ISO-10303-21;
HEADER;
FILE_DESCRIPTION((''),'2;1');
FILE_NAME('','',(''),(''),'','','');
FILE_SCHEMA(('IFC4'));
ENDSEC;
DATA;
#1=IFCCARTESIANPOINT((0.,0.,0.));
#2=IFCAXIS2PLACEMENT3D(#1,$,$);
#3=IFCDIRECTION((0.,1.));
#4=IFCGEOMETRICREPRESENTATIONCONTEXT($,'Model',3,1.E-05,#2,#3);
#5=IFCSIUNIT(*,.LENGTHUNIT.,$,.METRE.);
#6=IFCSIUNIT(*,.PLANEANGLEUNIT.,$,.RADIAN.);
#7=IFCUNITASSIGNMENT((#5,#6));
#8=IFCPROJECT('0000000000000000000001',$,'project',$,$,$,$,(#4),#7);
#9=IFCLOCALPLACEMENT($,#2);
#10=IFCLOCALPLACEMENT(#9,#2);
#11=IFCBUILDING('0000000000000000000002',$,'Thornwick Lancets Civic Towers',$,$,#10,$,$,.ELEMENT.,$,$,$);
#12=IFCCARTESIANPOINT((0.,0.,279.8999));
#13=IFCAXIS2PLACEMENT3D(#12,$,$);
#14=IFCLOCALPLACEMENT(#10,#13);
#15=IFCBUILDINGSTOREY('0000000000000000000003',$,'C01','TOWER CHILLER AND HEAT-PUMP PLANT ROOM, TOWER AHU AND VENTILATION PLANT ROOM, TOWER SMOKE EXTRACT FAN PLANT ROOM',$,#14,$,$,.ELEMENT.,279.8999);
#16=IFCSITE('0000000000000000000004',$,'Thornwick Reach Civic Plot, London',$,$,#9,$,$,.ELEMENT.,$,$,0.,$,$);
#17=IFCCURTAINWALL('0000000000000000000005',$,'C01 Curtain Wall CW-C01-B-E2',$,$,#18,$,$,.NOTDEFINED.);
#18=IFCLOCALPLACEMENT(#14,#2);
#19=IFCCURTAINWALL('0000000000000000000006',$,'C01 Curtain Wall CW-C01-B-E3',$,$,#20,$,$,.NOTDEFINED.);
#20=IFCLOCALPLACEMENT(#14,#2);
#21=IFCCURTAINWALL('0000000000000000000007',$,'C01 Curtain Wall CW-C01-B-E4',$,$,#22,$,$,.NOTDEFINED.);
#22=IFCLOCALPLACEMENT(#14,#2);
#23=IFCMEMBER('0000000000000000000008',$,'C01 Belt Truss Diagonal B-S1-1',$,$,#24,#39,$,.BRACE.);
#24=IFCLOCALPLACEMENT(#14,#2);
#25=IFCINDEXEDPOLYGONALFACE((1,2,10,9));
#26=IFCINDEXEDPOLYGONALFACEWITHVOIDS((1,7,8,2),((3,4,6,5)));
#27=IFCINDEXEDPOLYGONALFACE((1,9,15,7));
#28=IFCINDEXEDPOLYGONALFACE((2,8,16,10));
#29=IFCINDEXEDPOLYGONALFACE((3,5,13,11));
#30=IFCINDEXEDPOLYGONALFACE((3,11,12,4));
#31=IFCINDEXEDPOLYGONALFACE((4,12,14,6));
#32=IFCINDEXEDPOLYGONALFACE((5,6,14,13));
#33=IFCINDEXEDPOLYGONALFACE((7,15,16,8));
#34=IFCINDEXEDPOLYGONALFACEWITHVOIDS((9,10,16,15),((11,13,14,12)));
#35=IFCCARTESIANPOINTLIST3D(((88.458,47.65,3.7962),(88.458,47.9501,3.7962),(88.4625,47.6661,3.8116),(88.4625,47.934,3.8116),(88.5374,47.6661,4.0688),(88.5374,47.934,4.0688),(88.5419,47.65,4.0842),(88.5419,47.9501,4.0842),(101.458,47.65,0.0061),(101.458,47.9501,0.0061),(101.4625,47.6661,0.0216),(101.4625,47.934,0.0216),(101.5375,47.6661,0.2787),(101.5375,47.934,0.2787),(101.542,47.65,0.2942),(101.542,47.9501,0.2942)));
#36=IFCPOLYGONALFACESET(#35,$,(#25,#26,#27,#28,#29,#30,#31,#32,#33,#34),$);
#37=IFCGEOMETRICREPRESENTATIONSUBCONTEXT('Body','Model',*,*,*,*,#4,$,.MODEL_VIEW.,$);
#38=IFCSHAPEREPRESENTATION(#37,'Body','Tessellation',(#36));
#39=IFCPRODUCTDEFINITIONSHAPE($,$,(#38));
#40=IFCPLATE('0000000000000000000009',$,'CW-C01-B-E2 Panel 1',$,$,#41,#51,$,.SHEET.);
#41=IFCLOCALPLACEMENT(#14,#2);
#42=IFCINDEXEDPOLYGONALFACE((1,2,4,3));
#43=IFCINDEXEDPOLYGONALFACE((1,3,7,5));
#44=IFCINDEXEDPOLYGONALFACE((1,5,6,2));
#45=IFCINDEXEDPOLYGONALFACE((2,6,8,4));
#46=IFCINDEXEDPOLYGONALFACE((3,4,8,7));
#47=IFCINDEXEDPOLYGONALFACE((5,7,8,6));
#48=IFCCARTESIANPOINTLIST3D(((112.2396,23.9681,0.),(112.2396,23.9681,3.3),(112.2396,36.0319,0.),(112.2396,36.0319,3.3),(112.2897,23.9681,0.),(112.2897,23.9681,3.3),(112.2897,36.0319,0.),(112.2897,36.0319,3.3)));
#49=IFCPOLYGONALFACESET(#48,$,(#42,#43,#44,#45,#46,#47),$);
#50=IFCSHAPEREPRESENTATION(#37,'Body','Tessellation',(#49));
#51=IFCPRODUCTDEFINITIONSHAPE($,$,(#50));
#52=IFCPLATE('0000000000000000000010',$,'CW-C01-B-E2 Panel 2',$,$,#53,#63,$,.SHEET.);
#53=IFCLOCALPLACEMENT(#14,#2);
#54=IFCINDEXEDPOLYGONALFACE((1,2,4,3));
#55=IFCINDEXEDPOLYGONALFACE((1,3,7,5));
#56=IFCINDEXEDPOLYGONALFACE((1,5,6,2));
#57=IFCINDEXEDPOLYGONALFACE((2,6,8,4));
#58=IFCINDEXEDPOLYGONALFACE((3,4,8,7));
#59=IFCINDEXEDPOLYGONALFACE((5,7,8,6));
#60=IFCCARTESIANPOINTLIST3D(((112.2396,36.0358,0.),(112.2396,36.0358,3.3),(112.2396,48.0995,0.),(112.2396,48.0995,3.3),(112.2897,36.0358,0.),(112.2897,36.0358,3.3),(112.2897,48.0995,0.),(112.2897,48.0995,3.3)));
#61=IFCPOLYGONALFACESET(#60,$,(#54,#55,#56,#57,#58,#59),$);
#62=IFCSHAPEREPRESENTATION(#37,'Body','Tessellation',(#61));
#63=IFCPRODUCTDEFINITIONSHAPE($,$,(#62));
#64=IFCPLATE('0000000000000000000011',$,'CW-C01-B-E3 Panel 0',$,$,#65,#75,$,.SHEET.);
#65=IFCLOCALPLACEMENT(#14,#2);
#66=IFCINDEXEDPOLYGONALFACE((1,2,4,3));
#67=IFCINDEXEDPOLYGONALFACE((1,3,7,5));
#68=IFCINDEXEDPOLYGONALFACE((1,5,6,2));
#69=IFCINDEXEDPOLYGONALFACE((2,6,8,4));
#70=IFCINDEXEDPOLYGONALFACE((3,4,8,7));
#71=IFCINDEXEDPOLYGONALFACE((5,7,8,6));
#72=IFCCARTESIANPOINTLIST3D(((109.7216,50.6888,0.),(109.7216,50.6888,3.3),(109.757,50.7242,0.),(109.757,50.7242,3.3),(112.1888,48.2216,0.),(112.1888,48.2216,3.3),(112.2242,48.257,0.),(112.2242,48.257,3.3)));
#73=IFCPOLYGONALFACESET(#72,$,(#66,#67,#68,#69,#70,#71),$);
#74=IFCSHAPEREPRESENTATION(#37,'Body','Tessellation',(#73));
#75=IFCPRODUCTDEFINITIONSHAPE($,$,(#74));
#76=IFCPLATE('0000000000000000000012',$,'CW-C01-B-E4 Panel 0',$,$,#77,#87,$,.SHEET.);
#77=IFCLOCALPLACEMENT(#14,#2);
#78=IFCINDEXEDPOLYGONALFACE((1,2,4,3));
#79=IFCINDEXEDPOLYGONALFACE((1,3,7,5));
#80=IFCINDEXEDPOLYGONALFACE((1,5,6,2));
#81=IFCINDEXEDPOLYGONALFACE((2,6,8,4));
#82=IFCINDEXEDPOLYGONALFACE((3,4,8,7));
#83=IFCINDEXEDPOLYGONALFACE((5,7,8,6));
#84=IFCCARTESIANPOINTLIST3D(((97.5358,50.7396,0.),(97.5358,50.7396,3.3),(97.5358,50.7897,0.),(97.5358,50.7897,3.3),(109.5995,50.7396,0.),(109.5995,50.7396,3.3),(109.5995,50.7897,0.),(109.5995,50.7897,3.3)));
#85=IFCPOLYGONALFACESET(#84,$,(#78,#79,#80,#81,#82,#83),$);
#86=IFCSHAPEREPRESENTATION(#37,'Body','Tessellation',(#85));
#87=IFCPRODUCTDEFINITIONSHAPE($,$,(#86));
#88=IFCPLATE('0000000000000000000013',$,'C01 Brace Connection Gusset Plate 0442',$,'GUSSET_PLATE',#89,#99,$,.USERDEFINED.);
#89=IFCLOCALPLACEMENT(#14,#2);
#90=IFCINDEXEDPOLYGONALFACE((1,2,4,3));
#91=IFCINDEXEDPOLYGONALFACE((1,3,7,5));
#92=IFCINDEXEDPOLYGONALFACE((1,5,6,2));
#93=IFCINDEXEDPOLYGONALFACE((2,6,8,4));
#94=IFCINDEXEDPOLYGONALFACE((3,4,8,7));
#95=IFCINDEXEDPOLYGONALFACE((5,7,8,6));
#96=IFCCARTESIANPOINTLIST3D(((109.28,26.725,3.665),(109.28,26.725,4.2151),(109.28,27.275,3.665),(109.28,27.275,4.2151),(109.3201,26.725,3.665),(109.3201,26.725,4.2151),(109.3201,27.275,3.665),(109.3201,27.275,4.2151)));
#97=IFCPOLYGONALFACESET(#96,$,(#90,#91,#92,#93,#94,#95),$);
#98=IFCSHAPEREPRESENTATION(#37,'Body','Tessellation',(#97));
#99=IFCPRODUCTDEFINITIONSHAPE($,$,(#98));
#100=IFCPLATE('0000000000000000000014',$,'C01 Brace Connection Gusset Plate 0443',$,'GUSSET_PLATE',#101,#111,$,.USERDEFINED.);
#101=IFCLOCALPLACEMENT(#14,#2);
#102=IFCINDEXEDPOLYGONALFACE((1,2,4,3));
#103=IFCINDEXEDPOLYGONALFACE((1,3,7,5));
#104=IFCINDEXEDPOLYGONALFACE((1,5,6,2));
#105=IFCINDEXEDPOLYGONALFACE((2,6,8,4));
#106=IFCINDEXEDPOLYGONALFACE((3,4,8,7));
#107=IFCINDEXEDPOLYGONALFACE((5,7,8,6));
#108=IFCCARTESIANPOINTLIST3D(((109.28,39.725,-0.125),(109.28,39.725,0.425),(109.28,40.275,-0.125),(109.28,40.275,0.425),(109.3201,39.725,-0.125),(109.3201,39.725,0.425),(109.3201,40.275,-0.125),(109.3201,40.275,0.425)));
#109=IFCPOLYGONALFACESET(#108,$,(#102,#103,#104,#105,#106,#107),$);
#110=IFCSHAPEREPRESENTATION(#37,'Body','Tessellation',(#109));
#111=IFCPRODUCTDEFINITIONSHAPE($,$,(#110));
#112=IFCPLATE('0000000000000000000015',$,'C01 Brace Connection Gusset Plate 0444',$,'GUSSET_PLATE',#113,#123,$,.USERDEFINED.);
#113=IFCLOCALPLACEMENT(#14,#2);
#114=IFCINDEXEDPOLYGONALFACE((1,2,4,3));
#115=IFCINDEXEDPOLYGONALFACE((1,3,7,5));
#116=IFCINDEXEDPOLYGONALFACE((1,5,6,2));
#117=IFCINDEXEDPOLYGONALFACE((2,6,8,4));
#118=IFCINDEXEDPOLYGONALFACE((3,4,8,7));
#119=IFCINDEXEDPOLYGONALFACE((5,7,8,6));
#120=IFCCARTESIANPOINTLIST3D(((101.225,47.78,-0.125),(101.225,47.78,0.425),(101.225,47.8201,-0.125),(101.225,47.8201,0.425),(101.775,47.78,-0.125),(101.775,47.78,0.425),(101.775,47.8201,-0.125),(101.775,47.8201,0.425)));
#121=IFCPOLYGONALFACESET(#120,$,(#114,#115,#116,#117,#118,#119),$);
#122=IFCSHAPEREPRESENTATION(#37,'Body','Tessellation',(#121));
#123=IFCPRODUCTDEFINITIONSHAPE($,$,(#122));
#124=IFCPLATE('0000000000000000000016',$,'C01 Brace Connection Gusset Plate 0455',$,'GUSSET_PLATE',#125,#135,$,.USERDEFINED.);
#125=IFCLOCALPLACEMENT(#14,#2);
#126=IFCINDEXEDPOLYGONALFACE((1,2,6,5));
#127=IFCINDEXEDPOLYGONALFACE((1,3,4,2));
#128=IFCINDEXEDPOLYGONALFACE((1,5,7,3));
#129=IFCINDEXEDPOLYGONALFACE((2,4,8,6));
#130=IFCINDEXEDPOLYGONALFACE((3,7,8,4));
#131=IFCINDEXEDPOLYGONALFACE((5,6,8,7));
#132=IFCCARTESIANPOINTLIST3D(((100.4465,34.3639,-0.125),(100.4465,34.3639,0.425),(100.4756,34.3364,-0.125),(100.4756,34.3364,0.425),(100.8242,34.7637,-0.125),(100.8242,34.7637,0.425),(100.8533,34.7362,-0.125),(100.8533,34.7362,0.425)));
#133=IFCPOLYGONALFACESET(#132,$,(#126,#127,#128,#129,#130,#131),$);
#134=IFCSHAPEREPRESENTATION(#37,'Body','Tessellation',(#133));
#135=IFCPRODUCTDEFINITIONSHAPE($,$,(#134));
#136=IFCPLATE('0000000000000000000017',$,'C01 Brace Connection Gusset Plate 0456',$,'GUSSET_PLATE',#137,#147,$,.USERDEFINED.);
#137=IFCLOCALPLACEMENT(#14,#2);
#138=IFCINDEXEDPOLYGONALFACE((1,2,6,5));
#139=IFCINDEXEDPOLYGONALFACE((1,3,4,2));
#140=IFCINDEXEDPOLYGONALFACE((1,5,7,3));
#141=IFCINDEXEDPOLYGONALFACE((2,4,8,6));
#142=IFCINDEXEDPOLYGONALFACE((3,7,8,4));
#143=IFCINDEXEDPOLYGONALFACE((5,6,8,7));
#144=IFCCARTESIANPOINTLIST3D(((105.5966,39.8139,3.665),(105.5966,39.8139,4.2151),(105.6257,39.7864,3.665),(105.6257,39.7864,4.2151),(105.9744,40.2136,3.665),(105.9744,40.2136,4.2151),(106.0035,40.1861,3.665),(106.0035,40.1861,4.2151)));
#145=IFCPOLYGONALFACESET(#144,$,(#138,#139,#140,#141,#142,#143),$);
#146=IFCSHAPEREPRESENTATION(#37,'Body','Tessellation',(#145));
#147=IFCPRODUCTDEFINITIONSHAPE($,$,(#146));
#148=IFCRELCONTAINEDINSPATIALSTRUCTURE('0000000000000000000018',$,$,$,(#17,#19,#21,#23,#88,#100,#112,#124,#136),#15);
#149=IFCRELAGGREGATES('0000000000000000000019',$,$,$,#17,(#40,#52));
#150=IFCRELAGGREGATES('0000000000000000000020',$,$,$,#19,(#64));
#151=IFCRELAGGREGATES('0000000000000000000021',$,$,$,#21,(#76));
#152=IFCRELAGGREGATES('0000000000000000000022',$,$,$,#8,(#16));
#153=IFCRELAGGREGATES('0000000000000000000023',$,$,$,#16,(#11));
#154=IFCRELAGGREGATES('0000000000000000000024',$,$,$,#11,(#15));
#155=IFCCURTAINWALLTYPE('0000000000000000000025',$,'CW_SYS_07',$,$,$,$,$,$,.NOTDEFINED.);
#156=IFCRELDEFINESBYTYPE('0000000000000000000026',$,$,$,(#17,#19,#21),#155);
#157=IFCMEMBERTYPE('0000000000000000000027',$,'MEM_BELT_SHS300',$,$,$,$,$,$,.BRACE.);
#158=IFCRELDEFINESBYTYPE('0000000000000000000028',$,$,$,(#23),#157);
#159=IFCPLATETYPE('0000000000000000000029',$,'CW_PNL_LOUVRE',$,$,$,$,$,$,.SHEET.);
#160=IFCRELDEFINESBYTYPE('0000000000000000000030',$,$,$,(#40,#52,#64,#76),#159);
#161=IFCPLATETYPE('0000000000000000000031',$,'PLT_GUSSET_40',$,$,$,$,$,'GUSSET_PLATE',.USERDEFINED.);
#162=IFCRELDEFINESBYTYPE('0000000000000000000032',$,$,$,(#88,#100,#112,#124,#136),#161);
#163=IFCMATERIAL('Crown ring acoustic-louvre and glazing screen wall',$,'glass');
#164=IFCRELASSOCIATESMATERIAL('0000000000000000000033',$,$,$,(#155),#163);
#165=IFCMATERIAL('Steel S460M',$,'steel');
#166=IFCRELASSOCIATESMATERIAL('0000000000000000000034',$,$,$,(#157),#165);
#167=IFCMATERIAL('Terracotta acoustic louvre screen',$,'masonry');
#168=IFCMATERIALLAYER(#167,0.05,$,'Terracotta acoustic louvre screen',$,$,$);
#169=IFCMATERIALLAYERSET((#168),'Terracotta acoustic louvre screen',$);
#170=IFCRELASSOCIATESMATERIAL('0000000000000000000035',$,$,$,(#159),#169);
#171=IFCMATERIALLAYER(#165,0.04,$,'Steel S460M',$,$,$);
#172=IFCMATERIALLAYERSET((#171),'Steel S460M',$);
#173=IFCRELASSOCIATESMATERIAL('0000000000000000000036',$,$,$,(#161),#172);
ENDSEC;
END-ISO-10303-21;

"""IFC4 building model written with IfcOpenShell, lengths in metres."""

from ifc_helpers import new_model, si_unit, direction, frame, origin, origin_2d, place, context, subcontext, project, spatial, rectangle, hollow_rectangle, extrude, material, layer, layer_set, material_profile, profile_set, type_object, element, aggregate, save


model = new_model("IFC4")

# Units and contexts
model_context = context("Model", 3, precision=1e-05, world=origin(), true_north=direction((0.0, 1.0)))
body_context = subcontext(model_context, "Body", "Model", "MODEL_VIEW")
ifc_project = project(units=[si_unit("LENGTHUNIT", "METRE"), si_unit("PLANEANGLEUNIT", "RADIAN")], contexts=[model_context])

# Site, building, storey
site_placement = place(None, origin())
site = spatial("IfcSite", under=ifc_project, at=site_placement, Name="Thornwick Reach Civic Plot, London", CompositionType="ELEMENT", RefElevation=0.0)
building_placement = place(site_placement, origin())
building = spatial("IfcBuilding", under=site, at=building_placement, Name="Thornwick Lancets Civic Towers", CompositionType="ELEMENT")
storey_placement = place(building_placement, frame((0.0, 0.0, 279.8999)))
storey = spatial("IfcBuildingStorey", under=building, at=storey_placement, Name="C01", Description="TOWER CHILLER AND HEAT-PUMP PLANT ROOM, TOWER AHU AND VENTILATION PLANT ROOM, TOWER SMOKE EXTRACT FAN PLANT ROOM", CompositionType="ELEMENT", Elevation=279.8999)

# Shared definitions
ifc_material_1 = material(Name="Steel S460M", Category="steel")

# Curtain walls
ifc_material_2 = material(Name="Crown ring acoustic-louvre and glazing screen wall", Category="glass")
curtain_wall_type = type_object("IfcCurtainWallType", Name="CW_SYS_07", PredefinedType="NOTDEFINED", material=ifc_material_2)
curtain_wall_1_placement = place(storey_placement, origin())
curtain_wall_1 = element("IfcCurtainWall", 1, at=curtain_wall_1_placement, inside=storey, type_object=curtain_wall_type, Name="C01 Curtain Wall CW-C01-B-E2", PredefinedType="NOTDEFINED")
curtain_wall_2_placement = place(storey_placement, origin())
curtain_wall_2 = element("IfcCurtainWall", 2, at=curtain_wall_2_placement, inside=storey, type_object=curtain_wall_type, Name="C01 Curtain Wall CW-C01-B-E3", PredefinedType="NOTDEFINED")

# Curtain wall
curtain_wall_3_placement = place(storey_placement, origin())
curtain_wall_3 = element("IfcCurtainWall", 3, at=curtain_wall_3_placement, inside=storey, type_object=curtain_wall_type, Name="C01 Curtain Wall CW-C01-B-E4", PredefinedType="NOTDEFINED")

# Member
ifc_material_profile_1 = material_profile(ifc_material_1, hollow_rectangle(XDim=0.3, YDim=0.3, WallThickness=0.0161, at=origin_2d()), Name="SHS 300x300x16")
ifc_profile_set_1 = profile_set([ifc_material_profile_1], Name="Steel S460M")
member_type_1 = type_object("IfcMemberType", Name="MEM_BELT_SHS300", PredefinedType="BRACE", material=ifc_profile_set_1)
for number, where, z_axis, x_axis, name in (
    (4, (101.5, 47.8, 0.1501), (-0.960032, 0.0, 0.279889), (0.0, -1.0, 0.0), "C01 Belt Truss Diagonal B-S1-1"),
):
    element("IfcMember", number, at=place(storey_placement, frame(where, z_axis=z_axis, x_axis=x_axis)), inside=storey, type_object=member_type_1, Name=name, PredefinedType="BRACE", context=body_context, shape_type="SweptSolid", body=[
        extrude(hollow_rectangle(XDim=0.3, YDim=0.3, WallThickness=0.0161, at=origin_2d()), origin(), (0.0, 0.0, 1.0), 13.5413),
    ])

# Plates
ifc_material_3 = material(Name="Terracotta acoustic louvre screen", Category="masonry")
ifc_layer_1 = layer(ifc_material_3, 0.05, Name="Terracotta acoustic louvre screen")
ifc_layer_set_1 = layer_set([ifc_layer_1], Name="Terracotta acoustic louvre screen")
plate_type_1 = type_object("IfcPlateType", Name="CW_PNL_LOUVRE", PredefinedType="SHEET", material=ifc_layer_set_1)
plate_1_placement = place(storey_placement, frame((112.2646, 30.0, 0.0), z_axis=(0.0, 0.0, 1.0), x_axis=(0.0, 1.0, 0.0)))
plate_1 = element("IfcPlate", 5, at=plate_1_placement, type_object=plate_type_1, Name="CW-C01-B-E2 Panel 1", PredefinedType="SHEET", context=body_context, shape_type="SweptSolid", body=[
    extrude(rectangle(XDim=12.0637, YDim=0.05, at=origin_2d()), origin(), (0.0, 0.0, 1.0), 3.3),
])
plate_2_placement = place(storey_placement, frame((112.2646, 42.0676, 0.0), z_axis=(0.0, 0.0, 1.0), x_axis=(0.0, 1.0, 0.0)))
plate_2 = element("IfcPlate", 6, at=plate_2_placement, type_object=plate_type_1, Name="CW-C01-B-E2 Panel 2", PredefinedType="SHEET", context=body_context, shape_type="SweptSolid", body=[
    extrude(rectangle(XDim=12.0637, YDim=0.05, at=origin_2d()), origin(), (0.0, 0.0, 1.0), 3.3),
])
aggregate(curtain_wall_1, [plate_1, plate_2])
plate_3_placement = place(storey_placement, frame((110.9729, 49.4729, 0.0), z_axis=(0.0, 0.0, 1.0), x_axis=(-0.707107, 0.707107, 0.0)))
plate_3 = element("IfcPlate", 7, at=plate_3_placement, type_object=plate_type_1, Name="CW-C01-B-E3 Panel 0", PredefinedType="SHEET", context=body_context, shape_type="SweptSolid", body=[
    extrude(rectangle(XDim=3.4893, YDim=0.05, at=origin_2d()), origin(), (0.0, 0.0, 1.0), 3.3),
])
aggregate(curtain_wall_2, [plate_3])
plate_4_placement = place(storey_placement, frame((103.5676, 50.7646, 0.0), z_axis=(0.0, 0.0, 1.0), x_axis=(-1.0, 0.0, 0.0)))
plate_4 = element("IfcPlate", 8, at=plate_4_placement, type_object=plate_type_1, Name="CW-C01-B-E4 Panel 0", PredefinedType="SHEET", context=body_context, shape_type="SweptSolid", body=[
    extrude(rectangle(XDim=12.0637, YDim=0.05, at=origin_2d()), origin(), (0.0, 0.0, 1.0), 3.3),
])
aggregate(curtain_wall_3, [plate_4])

# Plates
ifc_layer_2 = layer(ifc_material_1, 0.04, Name="Steel S460M")
ifc_layer_set_2 = layer_set([ifc_layer_2], Name="Steel S460M")
plate_type_2 = type_object("IfcPlateType", Name="PLT_GUSSET_40", ElementType="GUSSET_PLATE", PredefinedType="USERDEFINED", material=ifc_layer_set_2)
for number, where, z_axis, x_axis, name in (
    (9, (109.3, 27.0, 3.665), (0.0, 0.0, 1.0), (0.0, 1.0, 0.0), "C01 Brace Connection Gusset Plate 0442"),
    (10, (109.3, 40.0, -0.125), (0.0, 0.0, 1.0), (0.0, -1.0, 0.0), "C01 Brace Connection Gusset Plate 0443"),
    (11, (101.5, 47.8, -0.125), (0.0, 0.0, 1.0), (-1.0, 0.0, 0.0), "C01 Brace Connection Gusset Plate 0444"),
    (12, (100.6499, 34.55, -0.125), (0.0, 0.0, 1.0), (0.686834, 0.726814, 0.0), "C01 Brace Connection Gusset Plate 0455"),
    (13, (105.8, 40.0, 3.665), (0.0, 0.0, 1.0), (0.686834, 0.726814, 0.0), "C01 Brace Connection Gusset Plate 0456"),
):
    element("IfcPlate", number, at=place(storey_placement, frame(where, z_axis=z_axis, x_axis=x_axis)), inside=storey, type_object=plate_type_2, Name=name, ObjectType="GUSSET_PLATE", PredefinedType="USERDEFINED", context=body_context, shape_type="SweptSolid", body=[
        extrude(rectangle(XDim=0.55, YDim=0.04, at=origin_2d()), origin(), (0.0, 0.0, 1.0), 0.55),
    ])

save(model, "model.ifc")
